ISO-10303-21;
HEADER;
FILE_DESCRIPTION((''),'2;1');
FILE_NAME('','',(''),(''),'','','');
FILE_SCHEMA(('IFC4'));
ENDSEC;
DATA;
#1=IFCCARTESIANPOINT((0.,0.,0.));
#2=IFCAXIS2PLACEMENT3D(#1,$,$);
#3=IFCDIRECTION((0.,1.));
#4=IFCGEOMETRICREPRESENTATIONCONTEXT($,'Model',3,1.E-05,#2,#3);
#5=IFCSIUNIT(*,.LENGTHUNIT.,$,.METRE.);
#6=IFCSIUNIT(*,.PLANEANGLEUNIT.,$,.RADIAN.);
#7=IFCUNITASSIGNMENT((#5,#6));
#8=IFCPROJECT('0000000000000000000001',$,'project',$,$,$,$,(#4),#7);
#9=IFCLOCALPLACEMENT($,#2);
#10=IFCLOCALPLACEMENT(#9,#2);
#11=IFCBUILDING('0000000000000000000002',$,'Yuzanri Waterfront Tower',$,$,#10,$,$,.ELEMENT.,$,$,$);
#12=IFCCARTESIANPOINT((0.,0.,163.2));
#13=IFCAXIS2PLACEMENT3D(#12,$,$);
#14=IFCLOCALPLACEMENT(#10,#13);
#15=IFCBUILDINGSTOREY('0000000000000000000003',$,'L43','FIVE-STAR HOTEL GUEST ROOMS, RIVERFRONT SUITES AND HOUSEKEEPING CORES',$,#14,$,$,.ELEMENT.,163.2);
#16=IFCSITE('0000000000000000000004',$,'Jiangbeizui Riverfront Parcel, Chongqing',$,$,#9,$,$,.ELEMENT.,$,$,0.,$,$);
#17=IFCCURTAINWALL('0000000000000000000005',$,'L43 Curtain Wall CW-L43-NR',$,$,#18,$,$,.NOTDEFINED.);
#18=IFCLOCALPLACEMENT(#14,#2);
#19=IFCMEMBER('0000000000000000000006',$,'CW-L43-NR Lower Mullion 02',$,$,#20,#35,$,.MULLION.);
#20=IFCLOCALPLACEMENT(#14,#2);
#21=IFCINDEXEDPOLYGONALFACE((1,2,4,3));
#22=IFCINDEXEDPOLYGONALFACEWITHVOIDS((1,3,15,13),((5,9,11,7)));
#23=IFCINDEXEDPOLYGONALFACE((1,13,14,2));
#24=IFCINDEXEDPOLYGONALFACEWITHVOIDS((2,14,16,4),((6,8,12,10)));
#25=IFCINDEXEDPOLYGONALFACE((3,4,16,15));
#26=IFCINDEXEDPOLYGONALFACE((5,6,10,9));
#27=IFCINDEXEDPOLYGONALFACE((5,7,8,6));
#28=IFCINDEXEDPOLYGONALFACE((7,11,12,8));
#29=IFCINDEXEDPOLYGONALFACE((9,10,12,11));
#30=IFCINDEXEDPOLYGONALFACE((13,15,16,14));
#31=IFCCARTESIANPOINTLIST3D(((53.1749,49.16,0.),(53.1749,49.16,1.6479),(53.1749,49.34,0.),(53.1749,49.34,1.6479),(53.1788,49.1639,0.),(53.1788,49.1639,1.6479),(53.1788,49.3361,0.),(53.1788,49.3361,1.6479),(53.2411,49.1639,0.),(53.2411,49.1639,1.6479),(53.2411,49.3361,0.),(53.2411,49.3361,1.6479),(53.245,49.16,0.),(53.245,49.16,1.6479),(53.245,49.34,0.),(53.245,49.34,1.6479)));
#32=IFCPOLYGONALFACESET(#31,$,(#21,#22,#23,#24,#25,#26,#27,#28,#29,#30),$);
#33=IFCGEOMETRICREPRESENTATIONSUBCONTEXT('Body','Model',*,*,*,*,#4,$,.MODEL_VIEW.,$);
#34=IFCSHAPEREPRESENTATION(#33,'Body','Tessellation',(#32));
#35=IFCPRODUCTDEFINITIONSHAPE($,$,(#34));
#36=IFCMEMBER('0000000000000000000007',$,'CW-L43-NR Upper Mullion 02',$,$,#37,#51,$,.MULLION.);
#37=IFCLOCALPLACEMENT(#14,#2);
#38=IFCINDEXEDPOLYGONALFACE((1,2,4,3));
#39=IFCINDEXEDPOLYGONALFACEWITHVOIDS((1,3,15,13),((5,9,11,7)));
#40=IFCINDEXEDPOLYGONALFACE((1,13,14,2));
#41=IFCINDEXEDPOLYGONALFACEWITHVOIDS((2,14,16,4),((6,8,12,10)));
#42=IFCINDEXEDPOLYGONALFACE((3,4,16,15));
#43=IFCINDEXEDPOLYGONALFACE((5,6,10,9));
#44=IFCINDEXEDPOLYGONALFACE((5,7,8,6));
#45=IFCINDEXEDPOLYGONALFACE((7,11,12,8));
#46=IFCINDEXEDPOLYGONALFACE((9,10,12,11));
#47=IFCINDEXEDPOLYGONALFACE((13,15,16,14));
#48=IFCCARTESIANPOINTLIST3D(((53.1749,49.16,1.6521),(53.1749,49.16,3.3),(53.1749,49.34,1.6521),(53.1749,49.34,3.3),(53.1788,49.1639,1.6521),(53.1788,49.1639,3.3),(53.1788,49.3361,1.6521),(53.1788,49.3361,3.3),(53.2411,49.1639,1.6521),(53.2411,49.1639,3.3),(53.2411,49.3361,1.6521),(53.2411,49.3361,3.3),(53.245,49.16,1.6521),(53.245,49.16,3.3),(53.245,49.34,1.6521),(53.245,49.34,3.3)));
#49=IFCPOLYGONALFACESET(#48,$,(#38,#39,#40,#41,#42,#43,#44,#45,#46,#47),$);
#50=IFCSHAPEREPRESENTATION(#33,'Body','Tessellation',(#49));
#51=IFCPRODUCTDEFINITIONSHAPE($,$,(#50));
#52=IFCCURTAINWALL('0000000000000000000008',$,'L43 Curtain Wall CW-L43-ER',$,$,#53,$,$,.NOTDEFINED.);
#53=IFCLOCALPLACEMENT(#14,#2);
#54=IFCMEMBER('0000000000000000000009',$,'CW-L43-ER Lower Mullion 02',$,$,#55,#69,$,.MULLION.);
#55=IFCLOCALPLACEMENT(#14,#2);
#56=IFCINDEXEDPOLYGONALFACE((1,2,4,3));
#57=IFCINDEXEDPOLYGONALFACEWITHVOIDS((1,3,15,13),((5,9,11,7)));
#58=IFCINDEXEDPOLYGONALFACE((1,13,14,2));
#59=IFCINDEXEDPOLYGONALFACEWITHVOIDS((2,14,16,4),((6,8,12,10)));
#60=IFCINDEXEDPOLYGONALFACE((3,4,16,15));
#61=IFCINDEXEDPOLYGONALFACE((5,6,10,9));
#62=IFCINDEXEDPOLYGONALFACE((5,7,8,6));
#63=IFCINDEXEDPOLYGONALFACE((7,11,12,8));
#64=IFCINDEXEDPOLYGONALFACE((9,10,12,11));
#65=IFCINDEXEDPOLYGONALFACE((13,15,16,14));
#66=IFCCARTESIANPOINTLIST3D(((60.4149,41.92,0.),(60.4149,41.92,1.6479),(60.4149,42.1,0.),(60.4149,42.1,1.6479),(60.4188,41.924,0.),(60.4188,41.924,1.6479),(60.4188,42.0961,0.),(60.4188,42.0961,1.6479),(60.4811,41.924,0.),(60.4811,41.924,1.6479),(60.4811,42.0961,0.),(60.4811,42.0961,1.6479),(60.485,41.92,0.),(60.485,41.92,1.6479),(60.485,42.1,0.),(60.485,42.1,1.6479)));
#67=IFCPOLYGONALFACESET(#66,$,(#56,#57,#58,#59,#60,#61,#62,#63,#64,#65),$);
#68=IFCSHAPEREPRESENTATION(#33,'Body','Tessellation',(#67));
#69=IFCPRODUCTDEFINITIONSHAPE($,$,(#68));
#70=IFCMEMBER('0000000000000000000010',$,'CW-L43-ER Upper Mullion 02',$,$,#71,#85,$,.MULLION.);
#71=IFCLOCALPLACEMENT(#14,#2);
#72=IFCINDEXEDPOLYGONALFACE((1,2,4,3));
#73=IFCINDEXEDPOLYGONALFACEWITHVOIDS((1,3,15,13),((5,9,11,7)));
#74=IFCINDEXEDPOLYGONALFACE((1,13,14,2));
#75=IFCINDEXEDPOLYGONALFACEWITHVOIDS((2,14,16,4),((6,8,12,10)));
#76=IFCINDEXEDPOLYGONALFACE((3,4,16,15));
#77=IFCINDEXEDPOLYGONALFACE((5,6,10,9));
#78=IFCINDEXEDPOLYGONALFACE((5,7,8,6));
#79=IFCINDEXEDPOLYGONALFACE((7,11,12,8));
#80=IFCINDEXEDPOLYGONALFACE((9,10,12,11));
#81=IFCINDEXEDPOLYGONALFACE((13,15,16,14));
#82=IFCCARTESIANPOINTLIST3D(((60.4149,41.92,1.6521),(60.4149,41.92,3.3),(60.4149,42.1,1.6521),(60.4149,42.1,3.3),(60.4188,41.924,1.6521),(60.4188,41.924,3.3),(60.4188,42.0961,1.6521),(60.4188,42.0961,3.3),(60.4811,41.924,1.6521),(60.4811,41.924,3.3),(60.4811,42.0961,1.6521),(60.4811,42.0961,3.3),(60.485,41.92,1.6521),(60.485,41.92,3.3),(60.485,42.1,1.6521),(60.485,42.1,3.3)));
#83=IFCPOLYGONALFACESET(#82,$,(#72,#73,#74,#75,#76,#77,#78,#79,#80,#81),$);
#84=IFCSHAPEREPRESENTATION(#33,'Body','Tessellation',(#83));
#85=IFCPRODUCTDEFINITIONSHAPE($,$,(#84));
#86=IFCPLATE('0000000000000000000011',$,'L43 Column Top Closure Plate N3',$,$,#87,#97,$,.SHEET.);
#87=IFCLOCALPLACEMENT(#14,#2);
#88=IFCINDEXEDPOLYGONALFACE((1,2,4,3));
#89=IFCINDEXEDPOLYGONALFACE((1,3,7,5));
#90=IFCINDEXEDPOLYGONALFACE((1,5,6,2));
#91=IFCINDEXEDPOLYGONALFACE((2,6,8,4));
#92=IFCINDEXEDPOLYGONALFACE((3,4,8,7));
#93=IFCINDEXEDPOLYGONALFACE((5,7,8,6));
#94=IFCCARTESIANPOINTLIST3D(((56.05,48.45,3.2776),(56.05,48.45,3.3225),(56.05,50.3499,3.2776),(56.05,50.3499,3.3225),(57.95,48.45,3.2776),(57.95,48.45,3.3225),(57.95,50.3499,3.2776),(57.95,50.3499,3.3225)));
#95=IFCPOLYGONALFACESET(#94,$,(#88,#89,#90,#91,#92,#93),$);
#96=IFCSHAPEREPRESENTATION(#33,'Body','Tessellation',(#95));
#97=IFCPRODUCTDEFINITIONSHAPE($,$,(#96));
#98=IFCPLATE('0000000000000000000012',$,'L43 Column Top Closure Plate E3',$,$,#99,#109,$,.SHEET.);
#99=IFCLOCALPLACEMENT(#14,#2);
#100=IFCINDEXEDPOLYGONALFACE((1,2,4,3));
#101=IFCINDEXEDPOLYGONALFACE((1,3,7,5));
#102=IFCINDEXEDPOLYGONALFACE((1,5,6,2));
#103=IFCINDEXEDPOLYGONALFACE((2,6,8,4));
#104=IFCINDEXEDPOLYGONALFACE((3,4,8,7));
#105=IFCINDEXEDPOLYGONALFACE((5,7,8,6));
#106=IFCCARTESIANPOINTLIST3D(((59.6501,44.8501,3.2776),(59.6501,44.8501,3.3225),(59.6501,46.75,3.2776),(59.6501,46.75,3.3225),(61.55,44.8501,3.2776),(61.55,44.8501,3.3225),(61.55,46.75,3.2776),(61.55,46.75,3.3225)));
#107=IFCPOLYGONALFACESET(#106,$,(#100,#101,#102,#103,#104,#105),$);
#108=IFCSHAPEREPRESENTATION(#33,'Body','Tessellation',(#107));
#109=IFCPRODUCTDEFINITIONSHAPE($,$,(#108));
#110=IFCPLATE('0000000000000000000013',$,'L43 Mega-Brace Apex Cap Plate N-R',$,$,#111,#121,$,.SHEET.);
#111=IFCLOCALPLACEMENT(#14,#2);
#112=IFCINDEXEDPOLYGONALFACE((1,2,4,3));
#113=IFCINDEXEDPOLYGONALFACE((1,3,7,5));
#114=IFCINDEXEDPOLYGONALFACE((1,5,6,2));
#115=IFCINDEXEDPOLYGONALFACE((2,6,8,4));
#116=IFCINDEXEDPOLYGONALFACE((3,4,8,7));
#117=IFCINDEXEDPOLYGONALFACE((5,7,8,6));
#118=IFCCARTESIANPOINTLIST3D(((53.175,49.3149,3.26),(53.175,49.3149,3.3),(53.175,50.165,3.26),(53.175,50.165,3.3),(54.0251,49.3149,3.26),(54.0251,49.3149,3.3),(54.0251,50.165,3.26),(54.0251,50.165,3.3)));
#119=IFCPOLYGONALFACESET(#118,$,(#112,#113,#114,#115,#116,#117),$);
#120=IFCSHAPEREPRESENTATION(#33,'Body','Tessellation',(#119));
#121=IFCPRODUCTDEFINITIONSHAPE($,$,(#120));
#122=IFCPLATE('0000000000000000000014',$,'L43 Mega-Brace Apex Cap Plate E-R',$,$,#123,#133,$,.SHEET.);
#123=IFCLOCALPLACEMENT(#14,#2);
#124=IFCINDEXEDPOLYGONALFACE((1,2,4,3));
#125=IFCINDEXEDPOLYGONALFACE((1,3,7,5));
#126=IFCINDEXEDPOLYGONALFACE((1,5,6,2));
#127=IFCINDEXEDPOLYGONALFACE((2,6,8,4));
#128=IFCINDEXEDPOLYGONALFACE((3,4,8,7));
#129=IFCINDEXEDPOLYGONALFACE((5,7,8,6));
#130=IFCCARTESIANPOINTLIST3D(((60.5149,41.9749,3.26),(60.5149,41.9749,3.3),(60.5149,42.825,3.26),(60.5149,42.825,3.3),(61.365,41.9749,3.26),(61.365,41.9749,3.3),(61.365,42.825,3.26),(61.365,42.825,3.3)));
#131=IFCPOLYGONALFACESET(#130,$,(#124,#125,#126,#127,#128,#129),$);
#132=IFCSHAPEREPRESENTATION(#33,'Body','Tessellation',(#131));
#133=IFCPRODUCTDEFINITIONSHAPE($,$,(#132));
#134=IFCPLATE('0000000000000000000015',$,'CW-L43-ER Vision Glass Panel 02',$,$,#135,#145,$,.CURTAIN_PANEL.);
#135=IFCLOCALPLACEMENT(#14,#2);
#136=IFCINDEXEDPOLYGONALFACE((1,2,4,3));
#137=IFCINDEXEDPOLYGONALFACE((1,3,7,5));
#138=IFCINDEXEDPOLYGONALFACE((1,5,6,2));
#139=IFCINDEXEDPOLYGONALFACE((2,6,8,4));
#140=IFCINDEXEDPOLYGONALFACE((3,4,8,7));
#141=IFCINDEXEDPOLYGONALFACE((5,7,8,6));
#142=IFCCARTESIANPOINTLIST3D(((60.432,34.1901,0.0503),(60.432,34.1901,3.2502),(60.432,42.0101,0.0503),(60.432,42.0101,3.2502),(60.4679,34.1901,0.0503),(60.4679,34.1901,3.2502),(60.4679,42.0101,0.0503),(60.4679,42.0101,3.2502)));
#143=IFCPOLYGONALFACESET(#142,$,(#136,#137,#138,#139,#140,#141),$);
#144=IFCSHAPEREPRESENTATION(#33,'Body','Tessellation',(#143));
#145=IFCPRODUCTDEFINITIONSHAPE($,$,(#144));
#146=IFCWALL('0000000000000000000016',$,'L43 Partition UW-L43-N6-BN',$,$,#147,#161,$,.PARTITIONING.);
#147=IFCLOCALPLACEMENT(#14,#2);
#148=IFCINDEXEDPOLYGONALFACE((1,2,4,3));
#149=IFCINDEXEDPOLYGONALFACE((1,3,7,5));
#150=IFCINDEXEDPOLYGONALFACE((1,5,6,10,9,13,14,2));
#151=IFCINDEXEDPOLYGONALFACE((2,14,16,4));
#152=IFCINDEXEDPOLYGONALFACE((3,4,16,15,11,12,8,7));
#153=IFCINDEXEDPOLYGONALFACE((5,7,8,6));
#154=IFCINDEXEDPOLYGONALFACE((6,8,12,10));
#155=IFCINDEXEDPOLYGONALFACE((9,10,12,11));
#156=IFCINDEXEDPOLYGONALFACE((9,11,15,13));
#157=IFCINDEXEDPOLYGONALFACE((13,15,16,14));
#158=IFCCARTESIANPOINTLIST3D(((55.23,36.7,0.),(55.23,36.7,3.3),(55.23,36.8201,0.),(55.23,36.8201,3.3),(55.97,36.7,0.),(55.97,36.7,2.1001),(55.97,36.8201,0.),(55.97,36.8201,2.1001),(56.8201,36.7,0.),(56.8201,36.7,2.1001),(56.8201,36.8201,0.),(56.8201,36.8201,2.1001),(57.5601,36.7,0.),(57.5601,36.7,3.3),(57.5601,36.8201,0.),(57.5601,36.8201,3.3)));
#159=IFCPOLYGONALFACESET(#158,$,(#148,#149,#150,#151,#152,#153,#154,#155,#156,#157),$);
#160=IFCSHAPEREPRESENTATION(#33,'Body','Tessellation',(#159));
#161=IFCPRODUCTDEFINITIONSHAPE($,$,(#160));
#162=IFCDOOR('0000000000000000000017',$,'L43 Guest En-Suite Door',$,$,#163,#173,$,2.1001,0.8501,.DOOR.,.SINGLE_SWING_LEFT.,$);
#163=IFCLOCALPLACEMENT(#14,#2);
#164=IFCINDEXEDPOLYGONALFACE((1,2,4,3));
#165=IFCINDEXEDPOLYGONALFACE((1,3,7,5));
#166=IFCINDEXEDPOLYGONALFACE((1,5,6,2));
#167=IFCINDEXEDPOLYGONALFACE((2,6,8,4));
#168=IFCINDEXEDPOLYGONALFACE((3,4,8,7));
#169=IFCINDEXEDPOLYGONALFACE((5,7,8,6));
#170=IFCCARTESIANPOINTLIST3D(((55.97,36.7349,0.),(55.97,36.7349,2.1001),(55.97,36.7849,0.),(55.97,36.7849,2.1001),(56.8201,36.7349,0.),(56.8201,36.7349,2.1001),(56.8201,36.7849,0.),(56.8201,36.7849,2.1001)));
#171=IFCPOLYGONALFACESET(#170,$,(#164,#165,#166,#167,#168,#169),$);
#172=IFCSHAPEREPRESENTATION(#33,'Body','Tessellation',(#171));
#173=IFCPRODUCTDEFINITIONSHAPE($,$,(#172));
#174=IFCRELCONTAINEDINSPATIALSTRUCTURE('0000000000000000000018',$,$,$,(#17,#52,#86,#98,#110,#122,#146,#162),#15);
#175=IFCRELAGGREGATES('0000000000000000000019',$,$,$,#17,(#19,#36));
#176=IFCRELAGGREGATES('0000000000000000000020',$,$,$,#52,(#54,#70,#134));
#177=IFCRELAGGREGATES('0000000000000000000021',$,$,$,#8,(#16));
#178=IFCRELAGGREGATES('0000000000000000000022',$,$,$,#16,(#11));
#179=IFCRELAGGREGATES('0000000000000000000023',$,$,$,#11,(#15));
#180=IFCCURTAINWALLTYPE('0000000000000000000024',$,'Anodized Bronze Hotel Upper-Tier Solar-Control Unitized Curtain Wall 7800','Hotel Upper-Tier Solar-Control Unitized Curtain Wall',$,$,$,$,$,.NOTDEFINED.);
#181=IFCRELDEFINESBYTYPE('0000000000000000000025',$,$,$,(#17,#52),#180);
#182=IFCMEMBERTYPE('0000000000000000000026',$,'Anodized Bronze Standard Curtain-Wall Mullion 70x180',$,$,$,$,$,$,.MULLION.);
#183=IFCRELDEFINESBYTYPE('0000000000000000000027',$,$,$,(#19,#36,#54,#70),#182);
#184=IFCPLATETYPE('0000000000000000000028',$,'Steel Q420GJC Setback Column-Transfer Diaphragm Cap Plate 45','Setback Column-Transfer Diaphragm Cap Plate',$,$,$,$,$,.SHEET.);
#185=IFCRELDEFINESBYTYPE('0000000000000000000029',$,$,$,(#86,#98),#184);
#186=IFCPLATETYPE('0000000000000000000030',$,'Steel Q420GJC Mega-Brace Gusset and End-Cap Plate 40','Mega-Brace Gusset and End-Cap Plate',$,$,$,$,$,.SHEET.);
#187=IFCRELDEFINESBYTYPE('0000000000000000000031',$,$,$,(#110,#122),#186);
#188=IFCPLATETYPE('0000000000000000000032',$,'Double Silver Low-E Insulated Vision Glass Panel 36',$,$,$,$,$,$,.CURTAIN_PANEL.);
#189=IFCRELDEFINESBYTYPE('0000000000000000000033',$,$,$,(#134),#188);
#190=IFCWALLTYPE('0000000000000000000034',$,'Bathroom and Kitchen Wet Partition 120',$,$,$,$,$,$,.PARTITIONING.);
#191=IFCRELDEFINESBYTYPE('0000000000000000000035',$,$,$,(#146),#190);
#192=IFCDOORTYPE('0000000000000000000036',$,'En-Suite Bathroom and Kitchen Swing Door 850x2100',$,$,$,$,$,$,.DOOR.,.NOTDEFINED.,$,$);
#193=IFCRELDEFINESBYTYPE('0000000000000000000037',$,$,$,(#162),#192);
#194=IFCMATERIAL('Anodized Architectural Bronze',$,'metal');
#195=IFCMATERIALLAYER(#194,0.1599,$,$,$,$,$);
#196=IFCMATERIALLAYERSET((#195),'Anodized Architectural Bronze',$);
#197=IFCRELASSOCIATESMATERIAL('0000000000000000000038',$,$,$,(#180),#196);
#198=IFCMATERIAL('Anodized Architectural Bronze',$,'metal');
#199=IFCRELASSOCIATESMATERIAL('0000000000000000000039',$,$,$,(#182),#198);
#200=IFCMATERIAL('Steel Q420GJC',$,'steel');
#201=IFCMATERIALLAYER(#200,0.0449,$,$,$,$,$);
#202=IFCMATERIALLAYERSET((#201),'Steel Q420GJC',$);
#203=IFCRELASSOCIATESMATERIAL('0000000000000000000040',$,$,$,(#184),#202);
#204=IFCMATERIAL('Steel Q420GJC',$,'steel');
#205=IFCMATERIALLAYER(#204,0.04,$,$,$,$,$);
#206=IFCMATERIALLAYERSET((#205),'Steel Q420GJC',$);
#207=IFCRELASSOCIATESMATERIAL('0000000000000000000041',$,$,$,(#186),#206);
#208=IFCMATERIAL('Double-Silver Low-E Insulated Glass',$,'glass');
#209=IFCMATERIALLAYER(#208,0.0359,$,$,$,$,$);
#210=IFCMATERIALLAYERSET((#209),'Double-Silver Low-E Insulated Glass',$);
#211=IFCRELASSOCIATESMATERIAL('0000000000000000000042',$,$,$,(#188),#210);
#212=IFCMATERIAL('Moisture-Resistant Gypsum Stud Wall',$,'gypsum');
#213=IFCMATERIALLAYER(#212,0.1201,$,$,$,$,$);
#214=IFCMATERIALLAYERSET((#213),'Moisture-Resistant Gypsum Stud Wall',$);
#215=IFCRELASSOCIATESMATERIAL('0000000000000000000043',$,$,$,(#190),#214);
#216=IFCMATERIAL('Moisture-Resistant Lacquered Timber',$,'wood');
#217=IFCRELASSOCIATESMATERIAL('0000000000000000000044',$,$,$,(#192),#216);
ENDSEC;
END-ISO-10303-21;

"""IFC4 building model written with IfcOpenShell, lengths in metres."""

from ifc_helpers import new_model, si_unit, direction, frame, frame_2d, origin, origin_2d, place, context, subcontext, project, spatial, rectangle, hollow_rectangle, extrude, source, transform, mapped, material, layer, layer_set, material_profile, profile_set, type_object, element, fill, aggregate, save


model = new_model("IFC4")

# Units and contexts
model_context = context("Model", 3, precision=1e-05, world=origin(), true_north=direction((0.0, 1.0)))
body_context = subcontext(model_context, "Body", "Model", "MODEL_VIEW")
ifc_project = project(units=[si_unit("LENGTHUNIT", "METRE"), si_unit("PLANEANGLEUNIT", "RADIAN")], contexts=[model_context])

# Site, building, storey
site_placement = place(None, origin())
site = spatial("IfcSite", under=ifc_project, at=site_placement, Name="Jiangbeizui Riverfront Parcel, Chongqing", CompositionType="ELEMENT", RefElevation=0.0)
building_placement = place(site_placement, origin())
building = spatial("IfcBuilding", under=site, at=building_placement, Name="Yuzanri Waterfront Tower", CompositionType="ELEMENT")
storey_placement = place(building_placement, frame((0.0, 0.0, 163.2)))
storey = spatial("IfcBuildingStorey", under=building, at=storey_placement, Name="L43", Description="FIVE-STAR HOTEL GUEST ROOMS, RIVERFRONT SUITES AND HOUSEKEEPING CORES", CompositionType="ELEMENT", Elevation=163.2)

# Curtain walls, members
ifc_material_1 = material(Name="Anodized Architectural Bronze", Category="metal")
ifc_layer_1 = layer(ifc_material_1, 0.1599)
ifc_layer_set_1 = layer_set([ifc_layer_1], Name="Anodized Architectural Bronze")
curtain_wall_type = type_object("IfcCurtainWallType", Name="Anodized Bronze Hotel Upper-Tier Solar-Control Unitized Curtain Wall 7800", Description="Hotel Upper-Tier Solar-Control Unitized Curtain Wall", PredefinedType="NOTDEFINED", material=ifc_layer_set_1)
curtain_wall_1_placement = place(storey_placement, origin())
curtain_wall_1 = element("IfcCurtainWall", 1, at=curtain_wall_1_placement, inside=storey, type_object=curtain_wall_type, Name="L43 Curtain Wall CW-L43-NR", PredefinedType="NOTDEFINED")
ifc_material_2 = material(Name="Anodized Architectural Bronze", Category="metal")
ifc_material_profile_1 = material_profile(ifc_material_2, hollow_rectangle(XDim=0.0701, YDim=0.1799, WallThickness=0.0039, at=origin_2d()), Name="CWM 70x180")
ifc_profile_set_1 = profile_set([ifc_material_profile_1], Name="Anodized Architectural Bronze")
member_type = type_object("IfcMemberType", Name="Anodized Bronze Standard Curtain-Wall Mullion 70x180", PredefinedType="MULLION", material=ifc_profile_set_1)
shared_shape_1 = source(origin(), body_context, "Body", "SweptSolid", [
    extrude(hollow_rectangle(XDim=0.0701, YDim=0.1799, WallThickness=0.0039, at=origin_2d()), origin(), (0.0, 0.0, 1.0), 1.6479),
])
member_1_placement = place(storey_placement, frame((53.21, 49.25, 0.0), z_axis=(0.0, 0.0, 1.0), x_axis=(1.0, 0.0, 0.0)))
member_1 = element("IfcMember", 2, at=member_1_placement, type_object=member_type, Name="CW-L43-NR Lower Mullion 02", PredefinedType="MULLION", context=body_context, shape_type="MappedRepresentation", body=[
    mapped(shared_shape_1, transform((0.0, 0.0, 0.0), scale=1.0)),
])
member_2_placement = place(storey_placement, frame((53.21, 49.25, 1.6521), z_axis=(0.0, 0.0, 1.0), x_axis=(1.0, 0.0, 0.0)))
member_2 = element("IfcMember", 3, at=member_2_placement, type_object=member_type, Name="CW-L43-NR Upper Mullion 02", PredefinedType="MULLION", context=body_context, shape_type="MappedRepresentation", body=[
    mapped(shared_shape_1, transform((0.0, 0.0, 0.0), scale=1.0)),
])
aggregate(curtain_wall_1, [member_1, member_2])
curtain_wall_2_placement = place(storey_placement, origin())
curtain_wall_2 = element("IfcCurtainWall", 4, at=curtain_wall_2_placement, inside=storey, type_object=curtain_wall_type, Name="L43 Curtain Wall CW-L43-ER", PredefinedType="NOTDEFINED")
member_3_placement = place(storey_placement, frame((60.45, 42.01, 0.0), z_axis=(0.0, 0.0, 1.0), x_axis=(1.0, 0.0, 0.0)))
member_3 = element("IfcMember", 5, at=member_3_placement, type_object=member_type, Name="CW-L43-ER Lower Mullion 02", PredefinedType="MULLION", context=body_context, shape_type="MappedRepresentation", body=[
    mapped(shared_shape_1, transform((0.0, 0.0, 0.0), scale=1.0)),
])
member_4_placement = place(storey_placement, frame((60.45, 42.01, 1.6521), z_axis=(0.0, 0.0, 1.0), x_axis=(1.0, 0.0, 0.0)))
member_4 = element("IfcMember", 6, at=member_4_placement, type_object=member_type, Name="CW-L43-ER Upper Mullion 02", PredefinedType="MULLION", context=body_context, shape_type="MappedRepresentation", body=[
    mapped(shared_shape_1, transform((0.0, 0.0, 0.0), scale=1.0)),
])

# Plates
ifc_material_3 = material(Name="Steel Q420GJC", Category="steel")
ifc_layer_2 = layer(ifc_material_3, 0.0449)
ifc_layer_set_2 = layer_set([ifc_layer_2], Name="Steel Q420GJC")
plate_type_1 = type_object("IfcPlateType", Name="Steel Q420GJC Setback Column-Transfer Diaphragm Cap Plate 45", Description="Setback Column-Transfer Diaphragm Cap Plate", PredefinedType="SHEET", material=ifc_layer_set_2)
shared_shape_2 = source(origin(), body_context, "Body", "SweptSolid", [
    extrude(rectangle(XDim=1.8999, YDim=1.8999, at=origin_2d()), origin(), (0.0, 0.0, 1.0), 0.0449),
])
for number, where, z_axis, x_axis, name in (
    (7, (57.0, 49.3999, 3.2776), (0.0, 0.0, 1.0), (1.0, 0.0, 0.0), "L43 Column Top Closure Plate N3"),
    (8, (60.6001, 45.8, 3.2776), (0.0, 0.0, 1.0), (1.0, 0.0, 0.0), "L43 Column Top Closure Plate E3"),
):
    element("IfcPlate", number, at=place(storey_placement, frame(where, z_axis=z_axis, x_axis=x_axis)), inside=storey, type_object=plate_type_1, Name=name, PredefinedType="SHEET", context=body_context, shape_type="MappedRepresentation", body=[
        mapped(shared_shape_2, transform((0.0, 0.0, 0.0), scale=1.0)),
    ])
ifc_material_4 = material(Name="Steel Q420GJC", Category="steel")
ifc_layer_3 = layer(ifc_material_4, 0.04)
ifc_layer_set_3 = layer_set([ifc_layer_3], Name="Steel Q420GJC")
plate_type_2 = type_object("IfcPlateType", Name="Steel Q420GJC Mega-Brace Gusset and End-Cap Plate 40", Description="Mega-Brace Gusset and End-Cap Plate", PredefinedType="SHEET", material=ifc_layer_set_3)
shared_shape_3 = source(origin(), body_context, "Body", "SweptSolid", [
    extrude(rectangle(XDim=0.8501, YDim=0.8501, at=origin_2d()), origin(), (0.0, 0.0, 1.0), 0.04),
])
for number, where, z_axis, x_axis, name in (
    (9, (53.6001, 49.74, 3.26), (0.0, 0.0, 1.0), (1.0, 0.0, 0.0), "L43 Mega-Brace Apex Cap Plate N-R"),
    (10, (60.9399, 42.3999, 3.26), (0.0, 0.0, 1.0), (1.0, 0.0, 0.0), "L43 Mega-Brace Apex Cap Plate E-R"),
):
    element("IfcPlate", number, at=place(storey_placement, frame(where, z_axis=z_axis, x_axis=x_axis)), inside=storey, type_object=plate_type_2, Name=name, PredefinedType="SHEET", context=body_context, shape_type="MappedRepresentation", body=[
        mapped(shared_shape_3, transform((0.0, 0.0, 0.0), scale=1.0)),
    ])

# Plate
ifc_material_5 = material(Name="Double-Silver Low-E Insulated Glass", Category="glass")
ifc_layer_4 = layer(ifc_material_5, 0.0359)
ifc_layer_set_4 = layer_set([ifc_layer_4], Name="Double-Silver Low-E Insulated Glass")
plate_type_3 = type_object("IfcPlateType", Name="Double Silver Low-E Insulated Vision Glass Panel 36", PredefinedType="CURTAIN_PANEL", material=ifc_layer_set_4)
shared_shape_4 = source(origin(), body_context, "Body", "SweptSolid", [
    extrude(rectangle(XDim=7.8201, YDim=0.0359, at=origin_2d()), origin(), (0.0, 0.0, 1.0), 3.2),
])
plate_placement = place(storey_placement, frame((60.45, 38.1001, 0.0503), z_axis=(0.0, 0.0, 1.0), x_axis=(0.0, 1.0, 0.0)))
plate = element("IfcPlate", 11, at=plate_placement, type_object=plate_type_3, Name="CW-L43-ER Vision Glass Panel 02", PredefinedType="CURTAIN_PANEL", context=body_context, shape_type="MappedRepresentation", body=[
    mapped(shared_shape_4, transform((0.0, 0.0, 0.0), scale=1.0)),
])
aggregate(curtain_wall_2, [member_3, member_4, plate])

# Wall, opening, door
ifc_material_6 = material(Name="Moisture-Resistant Gypsum Stud Wall", Category="gypsum")
ifc_layer_5 = layer(ifc_material_6, 0.1201)
ifc_layer_set_5 = layer_set([ifc_layer_5], Name="Moisture-Resistant Gypsum Stud Wall")
wall_type_1 = type_object("IfcWallType", Name="Bathroom and Kitchen Wet Partition 120", PredefinedType="PARTITIONING", material=ifc_layer_set_5)
wall_1_placement = place(storey_placement, frame((55.23, 36.76, 0.0), z_axis=(0.0, 0.0, 1.0), x_axis=(1.0, 0.0, 0.0)))
wall_1 = element("IfcWall", 12, at=wall_1_placement, inside=storey, type_object=wall_type_1, Name="L43 Partition UW-L43-N6-BN", PredefinedType="PARTITIONING", context=body_context, shape_type="SweptSolid", body=[
    extrude(rectangle(XDim=2.3301, YDim=0.1201, at=frame_2d((1.165, 0.0))), origin(), (0.0, 0.0, 1.0), 3.3),
])
opening_1_placement = place(wall_1_placement, frame((0.74, 0.0, 0.0)))
opening_1 = element("IfcOpeningElement", 13, at=opening_1_placement, cuts=wall_1, PredefinedType="OPENING", context=body_context, shape_type="SweptSolid", body=[
    extrude(rectangle(XDim=0.8501, YDim=2.1001, at=frame_2d((0.425, 1.05))), frame((0.0, 0.075, 0.0), z_axis=(0.0, -1.0, 0.0), x_axis=(1.0, 0.0, 0.0)), (0.0, 0.0, 1.0), 0.1499),
])
ifc_material_7 = material(Name="Moisture-Resistant Lacquered Timber", Category="wood")
door_type = type_object("IfcDoorType", Name="En-Suite Bathroom and Kitchen Swing Door 850x2100", OperationType="NOTDEFINED", PredefinedType="DOOR", material=ifc_material_7)
shared_shape_5 = source(origin(), body_context, "Body", "SweptSolid", [
    extrude(rectangle(XDim=0.8501, YDim=2.1001, at=frame_2d((0.425, 1.05))), frame((0.0, 0.0249, 0.0), z_axis=(0.0, -1.0, 0.0), x_axis=(1.0, 0.0, 0.0)), (0.0, 0.0, 1.0), 0.05),
])
door_placement = place(opening_1_placement, origin())
door = element("IfcDoor", 14, at=door_placement, inside=storey, type_object=door_type, Name="L43 Guest En-Suite Door", OperationType="SINGLE_SWING_LEFT", OverallHeight=2.1001, OverallWidth=0.8501, PredefinedType="DOOR", context=body_context, shape_type="MappedRepresentation", body=[
    mapped(shared_shape_5, transform((0.0, 0.0, 0.0), scale=1.0)),
])
fill(opening_1, door)

save(model, "model.ifc")
